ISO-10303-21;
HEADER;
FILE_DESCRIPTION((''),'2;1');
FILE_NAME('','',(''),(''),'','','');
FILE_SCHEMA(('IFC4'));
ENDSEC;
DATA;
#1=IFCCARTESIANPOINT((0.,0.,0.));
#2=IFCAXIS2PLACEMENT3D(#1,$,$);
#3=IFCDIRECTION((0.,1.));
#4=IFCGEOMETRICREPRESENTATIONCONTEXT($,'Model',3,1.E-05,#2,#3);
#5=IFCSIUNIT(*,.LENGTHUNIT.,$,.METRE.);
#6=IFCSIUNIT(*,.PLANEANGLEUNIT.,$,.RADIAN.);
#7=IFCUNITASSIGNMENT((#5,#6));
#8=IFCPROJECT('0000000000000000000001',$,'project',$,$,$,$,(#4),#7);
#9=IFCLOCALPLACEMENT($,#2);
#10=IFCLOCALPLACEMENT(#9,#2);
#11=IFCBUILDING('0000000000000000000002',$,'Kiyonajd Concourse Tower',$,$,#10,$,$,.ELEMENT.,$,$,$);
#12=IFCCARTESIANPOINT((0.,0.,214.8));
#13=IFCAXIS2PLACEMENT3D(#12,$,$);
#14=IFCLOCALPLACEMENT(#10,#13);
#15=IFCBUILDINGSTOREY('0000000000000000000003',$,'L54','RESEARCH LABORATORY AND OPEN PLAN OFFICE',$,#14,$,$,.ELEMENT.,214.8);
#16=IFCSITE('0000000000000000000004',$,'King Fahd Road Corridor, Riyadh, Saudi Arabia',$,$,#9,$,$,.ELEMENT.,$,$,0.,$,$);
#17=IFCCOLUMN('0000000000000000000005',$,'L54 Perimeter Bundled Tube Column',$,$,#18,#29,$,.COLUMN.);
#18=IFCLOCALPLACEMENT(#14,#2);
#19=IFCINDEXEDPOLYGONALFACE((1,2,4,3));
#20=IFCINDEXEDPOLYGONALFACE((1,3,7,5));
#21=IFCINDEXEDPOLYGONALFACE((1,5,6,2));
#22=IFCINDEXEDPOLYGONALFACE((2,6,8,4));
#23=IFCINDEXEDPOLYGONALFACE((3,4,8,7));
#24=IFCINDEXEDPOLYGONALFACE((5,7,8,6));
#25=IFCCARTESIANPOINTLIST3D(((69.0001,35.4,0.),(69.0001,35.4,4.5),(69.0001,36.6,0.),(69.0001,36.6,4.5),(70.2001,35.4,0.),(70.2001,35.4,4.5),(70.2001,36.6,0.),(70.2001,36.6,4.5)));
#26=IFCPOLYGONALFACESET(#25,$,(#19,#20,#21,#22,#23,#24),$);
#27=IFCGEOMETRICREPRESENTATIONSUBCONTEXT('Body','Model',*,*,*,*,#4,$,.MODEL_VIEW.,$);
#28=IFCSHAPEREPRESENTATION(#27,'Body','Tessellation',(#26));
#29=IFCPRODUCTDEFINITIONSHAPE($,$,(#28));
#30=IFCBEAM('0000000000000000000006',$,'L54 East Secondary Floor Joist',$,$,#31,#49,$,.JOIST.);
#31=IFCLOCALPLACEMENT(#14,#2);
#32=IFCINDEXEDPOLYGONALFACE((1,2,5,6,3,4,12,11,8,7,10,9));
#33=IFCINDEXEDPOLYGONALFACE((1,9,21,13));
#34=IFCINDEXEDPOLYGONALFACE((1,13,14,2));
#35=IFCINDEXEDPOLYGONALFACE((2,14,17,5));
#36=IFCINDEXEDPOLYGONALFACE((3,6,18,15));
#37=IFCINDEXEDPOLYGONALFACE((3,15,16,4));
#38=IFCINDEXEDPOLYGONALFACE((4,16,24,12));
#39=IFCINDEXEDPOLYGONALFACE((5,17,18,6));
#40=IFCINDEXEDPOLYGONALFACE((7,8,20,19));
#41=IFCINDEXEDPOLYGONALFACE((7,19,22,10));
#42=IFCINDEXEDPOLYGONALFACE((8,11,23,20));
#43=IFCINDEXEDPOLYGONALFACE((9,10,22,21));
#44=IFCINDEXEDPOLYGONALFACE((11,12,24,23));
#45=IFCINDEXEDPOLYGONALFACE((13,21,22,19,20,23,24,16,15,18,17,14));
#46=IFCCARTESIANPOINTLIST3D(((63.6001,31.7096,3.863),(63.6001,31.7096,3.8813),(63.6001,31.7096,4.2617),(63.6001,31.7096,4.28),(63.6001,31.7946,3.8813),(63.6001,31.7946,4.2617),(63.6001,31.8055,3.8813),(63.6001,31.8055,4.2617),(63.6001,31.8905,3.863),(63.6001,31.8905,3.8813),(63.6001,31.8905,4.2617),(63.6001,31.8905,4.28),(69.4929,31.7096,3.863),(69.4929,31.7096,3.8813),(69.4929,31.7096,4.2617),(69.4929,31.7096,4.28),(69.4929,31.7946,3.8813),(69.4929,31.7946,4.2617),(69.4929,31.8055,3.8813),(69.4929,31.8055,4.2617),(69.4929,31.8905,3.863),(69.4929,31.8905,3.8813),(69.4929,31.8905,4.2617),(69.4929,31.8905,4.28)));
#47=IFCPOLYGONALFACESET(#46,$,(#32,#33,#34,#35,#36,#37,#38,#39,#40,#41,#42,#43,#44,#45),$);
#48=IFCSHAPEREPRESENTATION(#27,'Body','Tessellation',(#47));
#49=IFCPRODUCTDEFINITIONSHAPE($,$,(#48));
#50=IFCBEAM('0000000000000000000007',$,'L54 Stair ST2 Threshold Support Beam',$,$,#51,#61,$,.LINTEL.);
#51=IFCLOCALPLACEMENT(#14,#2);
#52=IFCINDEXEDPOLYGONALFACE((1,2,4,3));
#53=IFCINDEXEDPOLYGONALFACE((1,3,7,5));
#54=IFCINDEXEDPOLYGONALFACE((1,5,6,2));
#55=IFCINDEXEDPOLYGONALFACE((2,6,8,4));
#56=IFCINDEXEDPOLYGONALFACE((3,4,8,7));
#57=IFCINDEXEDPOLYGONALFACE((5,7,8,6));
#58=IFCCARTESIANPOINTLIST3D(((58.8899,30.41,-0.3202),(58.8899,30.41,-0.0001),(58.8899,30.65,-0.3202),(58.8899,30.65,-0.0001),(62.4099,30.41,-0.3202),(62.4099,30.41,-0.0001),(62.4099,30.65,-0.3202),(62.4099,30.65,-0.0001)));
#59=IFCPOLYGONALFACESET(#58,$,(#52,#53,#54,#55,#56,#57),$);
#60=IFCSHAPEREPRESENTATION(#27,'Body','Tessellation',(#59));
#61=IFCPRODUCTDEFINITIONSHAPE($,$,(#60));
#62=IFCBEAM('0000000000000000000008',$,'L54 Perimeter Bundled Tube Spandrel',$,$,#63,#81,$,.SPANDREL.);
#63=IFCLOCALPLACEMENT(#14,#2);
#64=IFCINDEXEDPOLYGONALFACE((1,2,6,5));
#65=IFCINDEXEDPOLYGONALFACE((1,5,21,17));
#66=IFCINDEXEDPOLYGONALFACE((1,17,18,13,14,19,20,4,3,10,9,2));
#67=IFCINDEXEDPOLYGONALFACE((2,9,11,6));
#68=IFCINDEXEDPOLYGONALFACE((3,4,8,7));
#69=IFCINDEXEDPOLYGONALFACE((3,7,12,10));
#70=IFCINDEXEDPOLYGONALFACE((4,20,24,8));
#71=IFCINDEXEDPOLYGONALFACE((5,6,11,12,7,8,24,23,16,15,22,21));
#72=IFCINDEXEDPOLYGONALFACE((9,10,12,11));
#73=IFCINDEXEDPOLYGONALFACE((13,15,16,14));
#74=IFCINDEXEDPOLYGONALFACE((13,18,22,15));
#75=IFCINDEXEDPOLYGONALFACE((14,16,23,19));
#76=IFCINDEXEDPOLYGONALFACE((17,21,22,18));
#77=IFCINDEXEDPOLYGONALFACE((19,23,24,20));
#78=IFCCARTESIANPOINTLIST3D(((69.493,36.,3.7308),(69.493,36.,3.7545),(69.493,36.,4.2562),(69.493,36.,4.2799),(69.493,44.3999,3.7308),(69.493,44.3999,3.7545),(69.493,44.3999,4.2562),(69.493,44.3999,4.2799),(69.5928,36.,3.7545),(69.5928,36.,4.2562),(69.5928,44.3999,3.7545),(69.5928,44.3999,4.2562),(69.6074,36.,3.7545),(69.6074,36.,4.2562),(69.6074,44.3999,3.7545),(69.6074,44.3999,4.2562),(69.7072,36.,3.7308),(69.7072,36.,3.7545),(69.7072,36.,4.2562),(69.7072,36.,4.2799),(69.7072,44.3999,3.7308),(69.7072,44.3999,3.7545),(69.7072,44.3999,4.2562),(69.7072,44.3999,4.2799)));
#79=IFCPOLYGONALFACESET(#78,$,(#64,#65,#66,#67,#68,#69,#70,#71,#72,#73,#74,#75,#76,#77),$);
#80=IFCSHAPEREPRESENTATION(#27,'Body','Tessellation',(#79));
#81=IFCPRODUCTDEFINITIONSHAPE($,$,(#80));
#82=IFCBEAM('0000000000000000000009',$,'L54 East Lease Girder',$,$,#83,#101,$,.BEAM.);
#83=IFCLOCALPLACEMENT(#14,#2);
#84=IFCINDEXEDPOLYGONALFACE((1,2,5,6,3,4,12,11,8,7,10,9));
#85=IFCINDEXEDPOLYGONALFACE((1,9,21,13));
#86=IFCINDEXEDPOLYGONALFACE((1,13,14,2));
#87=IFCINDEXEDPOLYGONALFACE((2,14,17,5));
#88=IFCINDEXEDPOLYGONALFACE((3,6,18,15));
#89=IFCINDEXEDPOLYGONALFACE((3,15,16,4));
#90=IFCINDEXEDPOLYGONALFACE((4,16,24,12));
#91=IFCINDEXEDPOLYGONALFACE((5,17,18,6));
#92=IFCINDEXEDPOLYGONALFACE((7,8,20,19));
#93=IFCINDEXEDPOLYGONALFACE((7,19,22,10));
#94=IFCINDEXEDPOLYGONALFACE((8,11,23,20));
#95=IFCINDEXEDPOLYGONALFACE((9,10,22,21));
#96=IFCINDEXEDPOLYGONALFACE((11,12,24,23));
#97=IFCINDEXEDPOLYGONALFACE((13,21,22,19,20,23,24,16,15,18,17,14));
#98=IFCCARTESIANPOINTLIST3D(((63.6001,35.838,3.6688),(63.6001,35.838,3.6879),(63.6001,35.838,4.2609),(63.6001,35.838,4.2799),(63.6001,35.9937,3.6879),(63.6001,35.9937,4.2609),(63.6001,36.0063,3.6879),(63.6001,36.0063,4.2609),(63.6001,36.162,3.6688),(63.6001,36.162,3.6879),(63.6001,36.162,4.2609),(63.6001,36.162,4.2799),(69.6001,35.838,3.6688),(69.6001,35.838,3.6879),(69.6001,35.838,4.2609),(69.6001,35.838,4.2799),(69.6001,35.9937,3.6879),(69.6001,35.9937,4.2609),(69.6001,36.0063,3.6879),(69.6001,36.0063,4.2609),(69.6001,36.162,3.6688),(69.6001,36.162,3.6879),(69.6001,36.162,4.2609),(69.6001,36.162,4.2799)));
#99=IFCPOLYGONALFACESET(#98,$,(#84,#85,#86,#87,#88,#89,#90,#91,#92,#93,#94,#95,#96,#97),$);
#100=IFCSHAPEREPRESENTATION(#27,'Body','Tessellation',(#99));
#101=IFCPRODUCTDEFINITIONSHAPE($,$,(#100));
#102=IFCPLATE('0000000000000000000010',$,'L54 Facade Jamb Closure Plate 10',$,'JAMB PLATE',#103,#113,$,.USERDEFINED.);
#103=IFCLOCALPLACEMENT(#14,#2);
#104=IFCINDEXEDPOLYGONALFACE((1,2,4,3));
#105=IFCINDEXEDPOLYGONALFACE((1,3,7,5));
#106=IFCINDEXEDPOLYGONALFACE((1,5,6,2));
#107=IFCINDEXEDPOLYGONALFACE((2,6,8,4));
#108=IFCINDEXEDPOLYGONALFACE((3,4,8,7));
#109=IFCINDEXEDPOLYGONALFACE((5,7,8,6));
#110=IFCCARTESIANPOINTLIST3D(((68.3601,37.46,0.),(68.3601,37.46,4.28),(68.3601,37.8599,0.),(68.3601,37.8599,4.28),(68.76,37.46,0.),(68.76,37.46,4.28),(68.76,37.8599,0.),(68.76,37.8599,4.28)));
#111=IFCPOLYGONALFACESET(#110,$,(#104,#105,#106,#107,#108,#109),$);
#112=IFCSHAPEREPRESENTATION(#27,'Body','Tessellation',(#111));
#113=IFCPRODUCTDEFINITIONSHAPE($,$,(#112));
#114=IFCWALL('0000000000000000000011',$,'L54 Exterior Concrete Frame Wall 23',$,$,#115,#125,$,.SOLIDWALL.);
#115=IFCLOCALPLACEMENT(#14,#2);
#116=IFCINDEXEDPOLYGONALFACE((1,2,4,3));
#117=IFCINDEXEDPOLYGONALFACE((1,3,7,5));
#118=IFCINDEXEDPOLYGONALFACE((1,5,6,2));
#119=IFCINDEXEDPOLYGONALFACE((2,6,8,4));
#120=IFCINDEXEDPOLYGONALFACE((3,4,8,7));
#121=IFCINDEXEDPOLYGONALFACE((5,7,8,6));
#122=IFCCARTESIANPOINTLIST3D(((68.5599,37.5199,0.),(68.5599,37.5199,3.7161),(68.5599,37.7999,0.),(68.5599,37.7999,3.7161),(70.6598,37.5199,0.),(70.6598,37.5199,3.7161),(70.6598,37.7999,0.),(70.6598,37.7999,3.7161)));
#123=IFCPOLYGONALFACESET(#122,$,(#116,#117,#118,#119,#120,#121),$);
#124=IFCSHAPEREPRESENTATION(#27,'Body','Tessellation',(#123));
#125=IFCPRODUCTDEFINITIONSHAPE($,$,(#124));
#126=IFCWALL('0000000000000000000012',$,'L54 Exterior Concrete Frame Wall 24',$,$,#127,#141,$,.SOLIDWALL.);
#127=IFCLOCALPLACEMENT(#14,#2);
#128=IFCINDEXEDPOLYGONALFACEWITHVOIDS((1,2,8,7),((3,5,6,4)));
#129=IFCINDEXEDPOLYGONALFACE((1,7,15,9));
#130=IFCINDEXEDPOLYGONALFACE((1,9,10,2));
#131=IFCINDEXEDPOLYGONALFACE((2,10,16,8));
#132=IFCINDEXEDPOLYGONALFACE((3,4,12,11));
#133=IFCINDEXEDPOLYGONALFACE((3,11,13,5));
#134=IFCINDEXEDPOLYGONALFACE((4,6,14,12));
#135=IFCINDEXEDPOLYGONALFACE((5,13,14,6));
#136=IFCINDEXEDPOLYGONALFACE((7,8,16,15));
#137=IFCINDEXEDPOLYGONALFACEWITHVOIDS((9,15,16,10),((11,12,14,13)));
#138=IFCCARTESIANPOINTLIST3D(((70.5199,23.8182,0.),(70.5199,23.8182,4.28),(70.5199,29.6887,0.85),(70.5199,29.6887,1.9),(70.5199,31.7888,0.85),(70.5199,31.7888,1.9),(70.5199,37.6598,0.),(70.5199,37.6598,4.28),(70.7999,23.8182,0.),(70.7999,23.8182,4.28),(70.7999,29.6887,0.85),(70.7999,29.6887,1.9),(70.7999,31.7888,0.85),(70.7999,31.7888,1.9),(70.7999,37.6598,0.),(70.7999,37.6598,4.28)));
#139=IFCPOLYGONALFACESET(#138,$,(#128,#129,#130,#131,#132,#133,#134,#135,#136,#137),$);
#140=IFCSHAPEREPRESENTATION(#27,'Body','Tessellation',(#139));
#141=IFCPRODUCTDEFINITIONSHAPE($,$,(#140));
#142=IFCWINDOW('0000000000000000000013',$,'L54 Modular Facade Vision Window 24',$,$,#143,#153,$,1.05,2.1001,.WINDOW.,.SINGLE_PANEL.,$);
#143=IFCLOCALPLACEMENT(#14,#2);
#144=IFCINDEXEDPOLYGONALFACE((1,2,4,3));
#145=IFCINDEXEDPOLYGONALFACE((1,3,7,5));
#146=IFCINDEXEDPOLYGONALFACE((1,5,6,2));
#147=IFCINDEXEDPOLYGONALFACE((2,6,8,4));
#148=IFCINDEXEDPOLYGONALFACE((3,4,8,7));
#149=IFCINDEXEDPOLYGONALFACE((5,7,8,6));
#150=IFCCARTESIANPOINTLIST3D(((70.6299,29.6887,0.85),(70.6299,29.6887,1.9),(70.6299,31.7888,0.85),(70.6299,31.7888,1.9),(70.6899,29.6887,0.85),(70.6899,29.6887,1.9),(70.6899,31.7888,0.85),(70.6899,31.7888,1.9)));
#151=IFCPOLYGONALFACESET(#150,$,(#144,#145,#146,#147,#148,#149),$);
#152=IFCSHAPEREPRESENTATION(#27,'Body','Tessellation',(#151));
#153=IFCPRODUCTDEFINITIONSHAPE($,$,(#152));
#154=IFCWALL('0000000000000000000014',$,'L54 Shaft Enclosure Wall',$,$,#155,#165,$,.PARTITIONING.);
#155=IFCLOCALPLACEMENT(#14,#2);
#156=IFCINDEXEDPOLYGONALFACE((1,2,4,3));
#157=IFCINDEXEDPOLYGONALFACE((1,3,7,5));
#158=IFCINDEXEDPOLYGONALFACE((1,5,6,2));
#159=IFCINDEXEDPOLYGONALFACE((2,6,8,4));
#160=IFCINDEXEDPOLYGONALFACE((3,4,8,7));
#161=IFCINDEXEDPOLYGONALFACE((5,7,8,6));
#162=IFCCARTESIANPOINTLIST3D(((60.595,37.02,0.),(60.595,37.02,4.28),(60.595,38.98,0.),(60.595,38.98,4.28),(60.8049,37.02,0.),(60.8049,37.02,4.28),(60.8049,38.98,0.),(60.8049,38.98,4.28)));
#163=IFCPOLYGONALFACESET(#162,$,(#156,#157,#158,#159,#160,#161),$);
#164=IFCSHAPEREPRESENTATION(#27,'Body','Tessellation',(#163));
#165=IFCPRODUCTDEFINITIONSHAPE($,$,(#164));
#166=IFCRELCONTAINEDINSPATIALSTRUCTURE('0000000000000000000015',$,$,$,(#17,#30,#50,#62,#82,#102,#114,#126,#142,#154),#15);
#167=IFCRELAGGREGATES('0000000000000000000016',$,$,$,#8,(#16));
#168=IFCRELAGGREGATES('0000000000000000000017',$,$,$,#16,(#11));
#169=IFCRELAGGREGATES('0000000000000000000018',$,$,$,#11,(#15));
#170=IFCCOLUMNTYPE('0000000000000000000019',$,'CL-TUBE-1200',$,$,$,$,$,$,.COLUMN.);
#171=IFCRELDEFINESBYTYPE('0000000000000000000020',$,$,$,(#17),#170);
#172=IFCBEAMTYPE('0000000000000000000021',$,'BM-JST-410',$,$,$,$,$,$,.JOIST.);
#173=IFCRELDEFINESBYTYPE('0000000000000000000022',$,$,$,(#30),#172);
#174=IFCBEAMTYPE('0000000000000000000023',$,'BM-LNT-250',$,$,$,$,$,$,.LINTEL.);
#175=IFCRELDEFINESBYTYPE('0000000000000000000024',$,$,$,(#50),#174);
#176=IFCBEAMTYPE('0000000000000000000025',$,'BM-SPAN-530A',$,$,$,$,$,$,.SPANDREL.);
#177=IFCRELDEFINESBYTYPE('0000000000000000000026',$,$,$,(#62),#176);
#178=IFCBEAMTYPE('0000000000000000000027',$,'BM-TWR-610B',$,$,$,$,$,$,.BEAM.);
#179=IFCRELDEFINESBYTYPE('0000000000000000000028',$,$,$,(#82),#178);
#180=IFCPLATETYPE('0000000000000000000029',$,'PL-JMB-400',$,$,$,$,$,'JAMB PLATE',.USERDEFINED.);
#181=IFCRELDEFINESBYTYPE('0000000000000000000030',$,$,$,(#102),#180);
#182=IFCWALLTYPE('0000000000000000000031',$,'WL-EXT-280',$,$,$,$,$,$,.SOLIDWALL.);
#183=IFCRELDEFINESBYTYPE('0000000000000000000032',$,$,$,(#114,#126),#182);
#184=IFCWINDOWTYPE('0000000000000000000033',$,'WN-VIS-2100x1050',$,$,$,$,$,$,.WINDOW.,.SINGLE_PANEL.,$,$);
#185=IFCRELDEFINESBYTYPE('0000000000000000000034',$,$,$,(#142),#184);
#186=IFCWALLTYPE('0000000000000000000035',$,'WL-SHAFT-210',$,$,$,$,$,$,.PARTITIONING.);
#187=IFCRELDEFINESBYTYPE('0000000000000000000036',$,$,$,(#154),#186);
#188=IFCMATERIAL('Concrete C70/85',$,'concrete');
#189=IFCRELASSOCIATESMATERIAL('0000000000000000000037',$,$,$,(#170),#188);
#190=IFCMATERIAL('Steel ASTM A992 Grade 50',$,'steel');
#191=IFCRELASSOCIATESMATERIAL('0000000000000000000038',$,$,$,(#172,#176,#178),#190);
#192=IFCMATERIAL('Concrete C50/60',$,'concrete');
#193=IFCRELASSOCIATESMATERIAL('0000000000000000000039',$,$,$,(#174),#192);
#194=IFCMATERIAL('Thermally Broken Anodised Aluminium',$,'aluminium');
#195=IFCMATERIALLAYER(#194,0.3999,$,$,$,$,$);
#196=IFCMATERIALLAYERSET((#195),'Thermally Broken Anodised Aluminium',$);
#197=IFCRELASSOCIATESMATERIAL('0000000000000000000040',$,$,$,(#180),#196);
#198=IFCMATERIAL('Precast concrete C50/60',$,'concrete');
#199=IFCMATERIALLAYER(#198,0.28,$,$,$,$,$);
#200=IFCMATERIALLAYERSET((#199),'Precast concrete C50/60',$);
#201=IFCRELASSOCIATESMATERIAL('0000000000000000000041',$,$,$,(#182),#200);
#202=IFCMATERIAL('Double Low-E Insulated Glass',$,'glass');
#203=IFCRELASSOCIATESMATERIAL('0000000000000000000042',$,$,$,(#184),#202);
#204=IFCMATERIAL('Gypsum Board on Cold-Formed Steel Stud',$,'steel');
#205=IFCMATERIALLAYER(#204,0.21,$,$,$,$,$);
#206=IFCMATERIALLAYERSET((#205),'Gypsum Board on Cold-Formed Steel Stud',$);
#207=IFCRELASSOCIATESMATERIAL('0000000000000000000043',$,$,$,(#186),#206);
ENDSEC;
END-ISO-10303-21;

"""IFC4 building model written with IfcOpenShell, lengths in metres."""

from ifc_helpers import new_model, si_unit, direction, frame, frame_2d, origin, origin_2d, place, context, subcontext, project, spatial, rectangle, i_section, extrude, material, layer, layer_set, material_profile, profile_set, type_object, element, fill, save


model = new_model("IFC4")

# Units and contexts
model_context = context("Model", 3, precision=1e-05, world=origin(), true_north=direction((0.0, 1.0)))
body_context = subcontext(model_context, "Body", "Model", "MODEL_VIEW")
ifc_project = project(units=[si_unit("LENGTHUNIT", "METRE"), si_unit("PLANEANGLEUNIT", "RADIAN")], contexts=[model_context])

# Site, building, storey
site_placement = place(None, origin())
site = spatial("IfcSite", under=ifc_project, at=site_placement, Name="King Fahd Road Corridor, Riyadh, Saudi Arabia", CompositionType="ELEMENT", RefElevation=0.0)
building_placement = place(site_placement, origin())
building = spatial("IfcBuilding", under=site, at=building_placement, Name="Kiyonajd Concourse Tower", CompositionType="ELEMENT")
storey_placement = place(building_placement, frame((0.0, 0.0, 214.8)))
storey = spatial("IfcBuildingStorey", under=building, at=storey_placement, Name="L54", Description="RESEARCH LABORATORY AND OPEN PLAN OFFICE", CompositionType="ELEMENT", Elevation=214.8)

# Column
ifc_material_1 = material(Name="Concrete C70/85", Category="concrete")
ifc_material_profile_1 = material_profile(ifc_material_1, rectangle(XDim=1.2, YDim=1.2, at=origin_2d()), Name="RC-1200x1200")
ifc_profile_set_1 = profile_set([ifc_material_profile_1], Name="Concrete C70/85")
column_type = type_object("IfcColumnType", Name="CL-TUBE-1200", PredefinedType="COLUMN", material=ifc_profile_set_1)
column_placement = place(storey_placement, frame((69.6001, 36.0, 0.0), z_axis=(0.0, 0.0, 1.0), x_axis=(1.0, 0.0, 0.0)))
element("IfcColumn", 1, at=column_placement, inside=storey, type_object=column_type, Name="L54 Perimeter Bundled Tube Column", PredefinedType="COLUMN", context=body_context, shape_type="SweptSolid", body=[
    extrude(rectangle(XDim=1.2, YDim=1.2, at=origin_2d()), origin(), (0.0, 0.0, 1.0), 4.5),
])

# Beams
ifc_material_2 = material(Name="Steel ASTM A992 Grade 50", Category="steel")
ifc_material_profile_2 = material_profile(ifc_material_2, i_section(OverallWidth=0.1809, OverallDepth=0.417, WebThickness=0.011, FlangeThickness=0.0183, at=origin_2d()), Name="W410X85")
ifc_profile_set_2 = profile_set([ifc_material_profile_2], Name="Steel ASTM A992 Grade 50")
beam_type_1 = type_object("IfcBeamType", Name="BM-JST-410", PredefinedType="JOIST", material=ifc_profile_set_2)
beam_1_placement = place(storey_placement, frame((63.6001, 31.8, 4.0715), z_axis=(1.0, 0.0, 0.0), x_axis=(0.0, 1.0, 0.0)))
element("IfcBeam", 2, at=beam_1_placement, inside=storey, type_object=beam_type_1, Name="L54 East Secondary Floor Joist", PredefinedType="JOIST", context=body_context, shape_type="SweptSolid", body=[
    extrude(i_section(OverallWidth=0.1809, OverallDepth=0.417, WebThickness=0.011, FlangeThickness=0.0183, at=origin_2d()), origin(), (0.0, 0.0, 1.0), 5.8928),
])
ifc_material_3 = material(Name="Concrete C50/60", Category="concrete")
ifc_material_profile_3 = material_profile(ifc_material_3, rectangle(XDim=0.24, YDim=0.3201, at=origin_2d()), Name="RCBM-240x320")
ifc_profile_set_3 = profile_set([ifc_material_profile_3], Name="Concrete C50/60")
beam_type_2 = type_object("IfcBeamType", Name="BM-LNT-250", PredefinedType="LINTEL", material=ifc_profile_set_3)
beam_2_placement = place(storey_placement, frame((58.8899, 30.53, -0.1602), z_axis=(1.0, 0.0, 0.0), x_axis=(0.0, 1.0, 0.0)))
element("IfcBeam", 3, at=beam_2_placement, inside=storey, type_object=beam_type_2, Name="L54 Stair ST2 Threshold Support Beam", PredefinedType="LINTEL", context=body_context, shape_type="SweptSolid", body=[
    extrude(rectangle(XDim=0.24, YDim=0.3201, at=origin_2d()), origin(), (0.0, 0.0, 1.0), 3.52),
])
ifc_material_profile_4 = material_profile(ifc_material_2, i_section(OverallWidth=0.2141, OverallDepth=0.5491, WebThickness=0.0146, FlangeThickness=0.0237, at=origin_2d()), Name="W530X138")
ifc_profile_set_4 = profile_set([ifc_material_profile_4], Name="Steel ASTM A992 Grade 50")
beam_type_3 = type_object("IfcBeamType", Name="BM-SPAN-530A", PredefinedType="SPANDREL", material=ifc_profile_set_4)
beam_3_placement = place(storey_placement, frame((69.6001, 36.0, 4.0054), z_axis=(0.0, 1.0, 0.0), x_axis=(-1.0, 0.0, 0.0)))
element("IfcBeam", 4, at=beam_3_placement, inside=storey, type_object=beam_type_3, Name="L54 Perimeter Bundled Tube Spandrel", PredefinedType="SPANDREL", context=body_context, shape_type="SweptSolid", body=[
    extrude(i_section(OverallWidth=0.2141, OverallDepth=0.5491, WebThickness=0.0146, FlangeThickness=0.0237, at=origin_2d()), origin(), (0.0, 0.0, 1.0), 8.3999),
])
ifc_material_profile_5 = material_profile(ifc_material_2, i_section(OverallWidth=0.324, OverallDepth=0.6111, WebThickness=0.0127, FlangeThickness=0.019, at=origin_2d()), Name="W610X155")
ifc_profile_set_5 = profile_set([ifc_material_profile_5], Name="Steel ASTM A992 Grade 50")
beam_type_4 = type_object("IfcBeamType", Name="BM-TWR-610B", PredefinedType="BEAM", material=ifc_profile_set_5)
beam_4_placement = place(storey_placement, frame((63.6001, 36.0, 3.9744), z_axis=(1.0, 0.0, 0.0), x_axis=(0.0, 1.0, 0.0)))
element("IfcBeam", 5, at=beam_4_placement, inside=storey, type_object=beam_type_4, Name="L54 East Lease Girder", PredefinedType="BEAM", context=body_context, shape_type="SweptSolid", body=[
    extrude(i_section(OverallWidth=0.324, OverallDepth=0.6111, WebThickness=0.0127, FlangeThickness=0.019, at=origin_2d()), origin(), (0.0, 0.0, 1.0), 6.0),
])

# Plate
ifc_material_4 = material(Name="Thermally Broken Anodised Aluminium", Category="aluminium")
ifc_layer_1 = layer(ifc_material_4, 0.3999)
ifc_layer_set_1 = layer_set([ifc_layer_1], Name="Thermally Broken Anodised Aluminium")
plate_type = type_object("IfcPlateType", Name="PL-JMB-400", ElementType="JAMB PLATE", PredefinedType="USERDEFINED", material=ifc_layer_set_1)
plate_placement = place(storey_placement, frame((68.5601, 37.6599, 0.0), z_axis=(0.0, 0.0, 1.0), x_axis=(1.0, 0.0, 0.0)))
element("IfcPlate", 6, at=plate_placement, inside=storey, type_object=plate_type, Name="L54 Facade Jamb Closure Plate 10", ObjectType="JAMB PLATE", PredefinedType="USERDEFINED", context=body_context, shape_type="SweptSolid", body=[
    extrude(rectangle(XDim=0.3999, YDim=0.3999, at=origin_2d()), origin(), (0.0, 0.0, 1.0), 4.28),
])

# Wall
ifc_material_5 = material(Name="Precast concrete C50/60", Category="concrete")
ifc_layer_2 = layer(ifc_material_5, 0.28)
ifc_layer_set_2 = layer_set([ifc_layer_2], Name="Precast concrete C50/60")
wall_type_1 = type_object("IfcWallType", Name="WL-EXT-280", PredefinedType="SOLIDWALL", material=ifc_layer_set_2)
wall_1_placement = place(storey_placement, frame((68.5601, 37.6599, 0.0), z_axis=(0.0, 0.0, 1.0), x_axis=(1.0, 0.0, 0.0)))
element("IfcWall", 7, at=wall_1_placement, inside=storey, type_object=wall_type_1, Name="L54 Exterior Concrete Frame Wall 23", PredefinedType="SOLIDWALL", context=body_context, shape_type="SweptSolid", body=[
    extrude(rectangle(XDim=2.0999, YDim=0.28, at=frame_2d((1.0498, 0.0))), origin(), (0.0, 0.0, 1.0), 3.7161),
])

# Wall, opening, window
wall_2_placement = place(storey_placement, frame((70.6599, 37.6599, 0.0), z_axis=(0.0, 0.0, 1.0), x_axis=(0.0, -1.0, 0.0)))
wall_2 = element("IfcWall", 8, at=wall_2_placement, inside=storey, type_object=wall_type_1, Name="L54 Exterior Concrete Frame Wall 24", PredefinedType="SOLIDWALL", context=body_context, shape_type="SweptSolid", body=[
    extrude(rectangle(XDim=13.8416, YDim=0.28, at=frame_2d((6.9209, 0.0))), origin(), (0.0, 0.0, 1.0), 4.28),
])
opening_1_placement = place(wall_2_placement, frame((5.8711, 0.0, 0.8501)))
opening_1 = element("IfcOpeningElement", 9, at=opening_1_placement, cuts=wall_2, PredefinedType="OPENING", context=body_context, shape_type="SweptSolid", body=[
    extrude(rectangle(XDim=2.1001, YDim=1.05, at=frame_2d((1.05, 0.5249))), frame((0.0, 0.1499, 0.0), z_axis=(0.0, -1.0, 0.0), x_axis=(1.0, 0.0, 0.0)), (0.0, 0.0, 1.0), 0.3),
])
ifc_material_6 = material(Name="Double Low-E Insulated Glass", Category="glass")
window_type = type_object("IfcWindowType", Name="WN-VIS-2100x1050", PartitioningType="SINGLE_PANEL", PredefinedType="WINDOW", material=ifc_material_6)
window_placement = place(opening_1_placement, origin())
window = element("IfcWindow", 10, at=window_placement, inside=storey, type_object=window_type, Name="L54 Modular Facade Vision Window 24", OverallHeight=1.05, OverallWidth=2.1001, PartitioningType="SINGLE_PANEL", PredefinedType="WINDOW", context=body_context, shape_type="SweptSolid", body=[
    extrude(rectangle(XDim=2.1001, YDim=1.05, at=frame_2d((1.05, 0.5249))), frame((0.0, 0.03, 0.0), z_axis=(0.0, -1.0, 0.0), x_axis=(1.0, 0.0, 0.0)), (0.0, 0.0, 1.0), 0.0601),
])
fill(opening_1, window)

# Wall
ifc_material_7 = material(Name="Gypsum Board on Cold-Formed Steel Stud", Category="steel")
ifc_layer_3 = layer(ifc_material_7, 0.21)
ifc_layer_set_3 = layer_set([ifc_layer_3], Name="Gypsum Board on Cold-Formed Steel Stud")
wall_type_2 = type_object("IfcWallType", Name="WL-SHAFT-210", PredefinedType="PARTITIONING", material=ifc_layer_set_3)
wall_3_placement = place(storey_placement, frame((60.7, 37.02, 0.0), z_axis=(0.0, 0.0, 1.0), x_axis=(0.0, 1.0, 0.0)))
element("IfcWall", 11, at=wall_3_placement, inside=storey, type_object=wall_type_2, Name="L54 Shaft Enclosure Wall", PredefinedType="PARTITIONING", context=body_context, shape_type="SweptSolid", body=[
    extrude(rectangle(XDim=1.96, YDim=0.21, at=frame_2d((0.98, 0.0))), origin(), (0.0, 0.0, 1.0), 4.28),
])

save(model, "model.ifc")
